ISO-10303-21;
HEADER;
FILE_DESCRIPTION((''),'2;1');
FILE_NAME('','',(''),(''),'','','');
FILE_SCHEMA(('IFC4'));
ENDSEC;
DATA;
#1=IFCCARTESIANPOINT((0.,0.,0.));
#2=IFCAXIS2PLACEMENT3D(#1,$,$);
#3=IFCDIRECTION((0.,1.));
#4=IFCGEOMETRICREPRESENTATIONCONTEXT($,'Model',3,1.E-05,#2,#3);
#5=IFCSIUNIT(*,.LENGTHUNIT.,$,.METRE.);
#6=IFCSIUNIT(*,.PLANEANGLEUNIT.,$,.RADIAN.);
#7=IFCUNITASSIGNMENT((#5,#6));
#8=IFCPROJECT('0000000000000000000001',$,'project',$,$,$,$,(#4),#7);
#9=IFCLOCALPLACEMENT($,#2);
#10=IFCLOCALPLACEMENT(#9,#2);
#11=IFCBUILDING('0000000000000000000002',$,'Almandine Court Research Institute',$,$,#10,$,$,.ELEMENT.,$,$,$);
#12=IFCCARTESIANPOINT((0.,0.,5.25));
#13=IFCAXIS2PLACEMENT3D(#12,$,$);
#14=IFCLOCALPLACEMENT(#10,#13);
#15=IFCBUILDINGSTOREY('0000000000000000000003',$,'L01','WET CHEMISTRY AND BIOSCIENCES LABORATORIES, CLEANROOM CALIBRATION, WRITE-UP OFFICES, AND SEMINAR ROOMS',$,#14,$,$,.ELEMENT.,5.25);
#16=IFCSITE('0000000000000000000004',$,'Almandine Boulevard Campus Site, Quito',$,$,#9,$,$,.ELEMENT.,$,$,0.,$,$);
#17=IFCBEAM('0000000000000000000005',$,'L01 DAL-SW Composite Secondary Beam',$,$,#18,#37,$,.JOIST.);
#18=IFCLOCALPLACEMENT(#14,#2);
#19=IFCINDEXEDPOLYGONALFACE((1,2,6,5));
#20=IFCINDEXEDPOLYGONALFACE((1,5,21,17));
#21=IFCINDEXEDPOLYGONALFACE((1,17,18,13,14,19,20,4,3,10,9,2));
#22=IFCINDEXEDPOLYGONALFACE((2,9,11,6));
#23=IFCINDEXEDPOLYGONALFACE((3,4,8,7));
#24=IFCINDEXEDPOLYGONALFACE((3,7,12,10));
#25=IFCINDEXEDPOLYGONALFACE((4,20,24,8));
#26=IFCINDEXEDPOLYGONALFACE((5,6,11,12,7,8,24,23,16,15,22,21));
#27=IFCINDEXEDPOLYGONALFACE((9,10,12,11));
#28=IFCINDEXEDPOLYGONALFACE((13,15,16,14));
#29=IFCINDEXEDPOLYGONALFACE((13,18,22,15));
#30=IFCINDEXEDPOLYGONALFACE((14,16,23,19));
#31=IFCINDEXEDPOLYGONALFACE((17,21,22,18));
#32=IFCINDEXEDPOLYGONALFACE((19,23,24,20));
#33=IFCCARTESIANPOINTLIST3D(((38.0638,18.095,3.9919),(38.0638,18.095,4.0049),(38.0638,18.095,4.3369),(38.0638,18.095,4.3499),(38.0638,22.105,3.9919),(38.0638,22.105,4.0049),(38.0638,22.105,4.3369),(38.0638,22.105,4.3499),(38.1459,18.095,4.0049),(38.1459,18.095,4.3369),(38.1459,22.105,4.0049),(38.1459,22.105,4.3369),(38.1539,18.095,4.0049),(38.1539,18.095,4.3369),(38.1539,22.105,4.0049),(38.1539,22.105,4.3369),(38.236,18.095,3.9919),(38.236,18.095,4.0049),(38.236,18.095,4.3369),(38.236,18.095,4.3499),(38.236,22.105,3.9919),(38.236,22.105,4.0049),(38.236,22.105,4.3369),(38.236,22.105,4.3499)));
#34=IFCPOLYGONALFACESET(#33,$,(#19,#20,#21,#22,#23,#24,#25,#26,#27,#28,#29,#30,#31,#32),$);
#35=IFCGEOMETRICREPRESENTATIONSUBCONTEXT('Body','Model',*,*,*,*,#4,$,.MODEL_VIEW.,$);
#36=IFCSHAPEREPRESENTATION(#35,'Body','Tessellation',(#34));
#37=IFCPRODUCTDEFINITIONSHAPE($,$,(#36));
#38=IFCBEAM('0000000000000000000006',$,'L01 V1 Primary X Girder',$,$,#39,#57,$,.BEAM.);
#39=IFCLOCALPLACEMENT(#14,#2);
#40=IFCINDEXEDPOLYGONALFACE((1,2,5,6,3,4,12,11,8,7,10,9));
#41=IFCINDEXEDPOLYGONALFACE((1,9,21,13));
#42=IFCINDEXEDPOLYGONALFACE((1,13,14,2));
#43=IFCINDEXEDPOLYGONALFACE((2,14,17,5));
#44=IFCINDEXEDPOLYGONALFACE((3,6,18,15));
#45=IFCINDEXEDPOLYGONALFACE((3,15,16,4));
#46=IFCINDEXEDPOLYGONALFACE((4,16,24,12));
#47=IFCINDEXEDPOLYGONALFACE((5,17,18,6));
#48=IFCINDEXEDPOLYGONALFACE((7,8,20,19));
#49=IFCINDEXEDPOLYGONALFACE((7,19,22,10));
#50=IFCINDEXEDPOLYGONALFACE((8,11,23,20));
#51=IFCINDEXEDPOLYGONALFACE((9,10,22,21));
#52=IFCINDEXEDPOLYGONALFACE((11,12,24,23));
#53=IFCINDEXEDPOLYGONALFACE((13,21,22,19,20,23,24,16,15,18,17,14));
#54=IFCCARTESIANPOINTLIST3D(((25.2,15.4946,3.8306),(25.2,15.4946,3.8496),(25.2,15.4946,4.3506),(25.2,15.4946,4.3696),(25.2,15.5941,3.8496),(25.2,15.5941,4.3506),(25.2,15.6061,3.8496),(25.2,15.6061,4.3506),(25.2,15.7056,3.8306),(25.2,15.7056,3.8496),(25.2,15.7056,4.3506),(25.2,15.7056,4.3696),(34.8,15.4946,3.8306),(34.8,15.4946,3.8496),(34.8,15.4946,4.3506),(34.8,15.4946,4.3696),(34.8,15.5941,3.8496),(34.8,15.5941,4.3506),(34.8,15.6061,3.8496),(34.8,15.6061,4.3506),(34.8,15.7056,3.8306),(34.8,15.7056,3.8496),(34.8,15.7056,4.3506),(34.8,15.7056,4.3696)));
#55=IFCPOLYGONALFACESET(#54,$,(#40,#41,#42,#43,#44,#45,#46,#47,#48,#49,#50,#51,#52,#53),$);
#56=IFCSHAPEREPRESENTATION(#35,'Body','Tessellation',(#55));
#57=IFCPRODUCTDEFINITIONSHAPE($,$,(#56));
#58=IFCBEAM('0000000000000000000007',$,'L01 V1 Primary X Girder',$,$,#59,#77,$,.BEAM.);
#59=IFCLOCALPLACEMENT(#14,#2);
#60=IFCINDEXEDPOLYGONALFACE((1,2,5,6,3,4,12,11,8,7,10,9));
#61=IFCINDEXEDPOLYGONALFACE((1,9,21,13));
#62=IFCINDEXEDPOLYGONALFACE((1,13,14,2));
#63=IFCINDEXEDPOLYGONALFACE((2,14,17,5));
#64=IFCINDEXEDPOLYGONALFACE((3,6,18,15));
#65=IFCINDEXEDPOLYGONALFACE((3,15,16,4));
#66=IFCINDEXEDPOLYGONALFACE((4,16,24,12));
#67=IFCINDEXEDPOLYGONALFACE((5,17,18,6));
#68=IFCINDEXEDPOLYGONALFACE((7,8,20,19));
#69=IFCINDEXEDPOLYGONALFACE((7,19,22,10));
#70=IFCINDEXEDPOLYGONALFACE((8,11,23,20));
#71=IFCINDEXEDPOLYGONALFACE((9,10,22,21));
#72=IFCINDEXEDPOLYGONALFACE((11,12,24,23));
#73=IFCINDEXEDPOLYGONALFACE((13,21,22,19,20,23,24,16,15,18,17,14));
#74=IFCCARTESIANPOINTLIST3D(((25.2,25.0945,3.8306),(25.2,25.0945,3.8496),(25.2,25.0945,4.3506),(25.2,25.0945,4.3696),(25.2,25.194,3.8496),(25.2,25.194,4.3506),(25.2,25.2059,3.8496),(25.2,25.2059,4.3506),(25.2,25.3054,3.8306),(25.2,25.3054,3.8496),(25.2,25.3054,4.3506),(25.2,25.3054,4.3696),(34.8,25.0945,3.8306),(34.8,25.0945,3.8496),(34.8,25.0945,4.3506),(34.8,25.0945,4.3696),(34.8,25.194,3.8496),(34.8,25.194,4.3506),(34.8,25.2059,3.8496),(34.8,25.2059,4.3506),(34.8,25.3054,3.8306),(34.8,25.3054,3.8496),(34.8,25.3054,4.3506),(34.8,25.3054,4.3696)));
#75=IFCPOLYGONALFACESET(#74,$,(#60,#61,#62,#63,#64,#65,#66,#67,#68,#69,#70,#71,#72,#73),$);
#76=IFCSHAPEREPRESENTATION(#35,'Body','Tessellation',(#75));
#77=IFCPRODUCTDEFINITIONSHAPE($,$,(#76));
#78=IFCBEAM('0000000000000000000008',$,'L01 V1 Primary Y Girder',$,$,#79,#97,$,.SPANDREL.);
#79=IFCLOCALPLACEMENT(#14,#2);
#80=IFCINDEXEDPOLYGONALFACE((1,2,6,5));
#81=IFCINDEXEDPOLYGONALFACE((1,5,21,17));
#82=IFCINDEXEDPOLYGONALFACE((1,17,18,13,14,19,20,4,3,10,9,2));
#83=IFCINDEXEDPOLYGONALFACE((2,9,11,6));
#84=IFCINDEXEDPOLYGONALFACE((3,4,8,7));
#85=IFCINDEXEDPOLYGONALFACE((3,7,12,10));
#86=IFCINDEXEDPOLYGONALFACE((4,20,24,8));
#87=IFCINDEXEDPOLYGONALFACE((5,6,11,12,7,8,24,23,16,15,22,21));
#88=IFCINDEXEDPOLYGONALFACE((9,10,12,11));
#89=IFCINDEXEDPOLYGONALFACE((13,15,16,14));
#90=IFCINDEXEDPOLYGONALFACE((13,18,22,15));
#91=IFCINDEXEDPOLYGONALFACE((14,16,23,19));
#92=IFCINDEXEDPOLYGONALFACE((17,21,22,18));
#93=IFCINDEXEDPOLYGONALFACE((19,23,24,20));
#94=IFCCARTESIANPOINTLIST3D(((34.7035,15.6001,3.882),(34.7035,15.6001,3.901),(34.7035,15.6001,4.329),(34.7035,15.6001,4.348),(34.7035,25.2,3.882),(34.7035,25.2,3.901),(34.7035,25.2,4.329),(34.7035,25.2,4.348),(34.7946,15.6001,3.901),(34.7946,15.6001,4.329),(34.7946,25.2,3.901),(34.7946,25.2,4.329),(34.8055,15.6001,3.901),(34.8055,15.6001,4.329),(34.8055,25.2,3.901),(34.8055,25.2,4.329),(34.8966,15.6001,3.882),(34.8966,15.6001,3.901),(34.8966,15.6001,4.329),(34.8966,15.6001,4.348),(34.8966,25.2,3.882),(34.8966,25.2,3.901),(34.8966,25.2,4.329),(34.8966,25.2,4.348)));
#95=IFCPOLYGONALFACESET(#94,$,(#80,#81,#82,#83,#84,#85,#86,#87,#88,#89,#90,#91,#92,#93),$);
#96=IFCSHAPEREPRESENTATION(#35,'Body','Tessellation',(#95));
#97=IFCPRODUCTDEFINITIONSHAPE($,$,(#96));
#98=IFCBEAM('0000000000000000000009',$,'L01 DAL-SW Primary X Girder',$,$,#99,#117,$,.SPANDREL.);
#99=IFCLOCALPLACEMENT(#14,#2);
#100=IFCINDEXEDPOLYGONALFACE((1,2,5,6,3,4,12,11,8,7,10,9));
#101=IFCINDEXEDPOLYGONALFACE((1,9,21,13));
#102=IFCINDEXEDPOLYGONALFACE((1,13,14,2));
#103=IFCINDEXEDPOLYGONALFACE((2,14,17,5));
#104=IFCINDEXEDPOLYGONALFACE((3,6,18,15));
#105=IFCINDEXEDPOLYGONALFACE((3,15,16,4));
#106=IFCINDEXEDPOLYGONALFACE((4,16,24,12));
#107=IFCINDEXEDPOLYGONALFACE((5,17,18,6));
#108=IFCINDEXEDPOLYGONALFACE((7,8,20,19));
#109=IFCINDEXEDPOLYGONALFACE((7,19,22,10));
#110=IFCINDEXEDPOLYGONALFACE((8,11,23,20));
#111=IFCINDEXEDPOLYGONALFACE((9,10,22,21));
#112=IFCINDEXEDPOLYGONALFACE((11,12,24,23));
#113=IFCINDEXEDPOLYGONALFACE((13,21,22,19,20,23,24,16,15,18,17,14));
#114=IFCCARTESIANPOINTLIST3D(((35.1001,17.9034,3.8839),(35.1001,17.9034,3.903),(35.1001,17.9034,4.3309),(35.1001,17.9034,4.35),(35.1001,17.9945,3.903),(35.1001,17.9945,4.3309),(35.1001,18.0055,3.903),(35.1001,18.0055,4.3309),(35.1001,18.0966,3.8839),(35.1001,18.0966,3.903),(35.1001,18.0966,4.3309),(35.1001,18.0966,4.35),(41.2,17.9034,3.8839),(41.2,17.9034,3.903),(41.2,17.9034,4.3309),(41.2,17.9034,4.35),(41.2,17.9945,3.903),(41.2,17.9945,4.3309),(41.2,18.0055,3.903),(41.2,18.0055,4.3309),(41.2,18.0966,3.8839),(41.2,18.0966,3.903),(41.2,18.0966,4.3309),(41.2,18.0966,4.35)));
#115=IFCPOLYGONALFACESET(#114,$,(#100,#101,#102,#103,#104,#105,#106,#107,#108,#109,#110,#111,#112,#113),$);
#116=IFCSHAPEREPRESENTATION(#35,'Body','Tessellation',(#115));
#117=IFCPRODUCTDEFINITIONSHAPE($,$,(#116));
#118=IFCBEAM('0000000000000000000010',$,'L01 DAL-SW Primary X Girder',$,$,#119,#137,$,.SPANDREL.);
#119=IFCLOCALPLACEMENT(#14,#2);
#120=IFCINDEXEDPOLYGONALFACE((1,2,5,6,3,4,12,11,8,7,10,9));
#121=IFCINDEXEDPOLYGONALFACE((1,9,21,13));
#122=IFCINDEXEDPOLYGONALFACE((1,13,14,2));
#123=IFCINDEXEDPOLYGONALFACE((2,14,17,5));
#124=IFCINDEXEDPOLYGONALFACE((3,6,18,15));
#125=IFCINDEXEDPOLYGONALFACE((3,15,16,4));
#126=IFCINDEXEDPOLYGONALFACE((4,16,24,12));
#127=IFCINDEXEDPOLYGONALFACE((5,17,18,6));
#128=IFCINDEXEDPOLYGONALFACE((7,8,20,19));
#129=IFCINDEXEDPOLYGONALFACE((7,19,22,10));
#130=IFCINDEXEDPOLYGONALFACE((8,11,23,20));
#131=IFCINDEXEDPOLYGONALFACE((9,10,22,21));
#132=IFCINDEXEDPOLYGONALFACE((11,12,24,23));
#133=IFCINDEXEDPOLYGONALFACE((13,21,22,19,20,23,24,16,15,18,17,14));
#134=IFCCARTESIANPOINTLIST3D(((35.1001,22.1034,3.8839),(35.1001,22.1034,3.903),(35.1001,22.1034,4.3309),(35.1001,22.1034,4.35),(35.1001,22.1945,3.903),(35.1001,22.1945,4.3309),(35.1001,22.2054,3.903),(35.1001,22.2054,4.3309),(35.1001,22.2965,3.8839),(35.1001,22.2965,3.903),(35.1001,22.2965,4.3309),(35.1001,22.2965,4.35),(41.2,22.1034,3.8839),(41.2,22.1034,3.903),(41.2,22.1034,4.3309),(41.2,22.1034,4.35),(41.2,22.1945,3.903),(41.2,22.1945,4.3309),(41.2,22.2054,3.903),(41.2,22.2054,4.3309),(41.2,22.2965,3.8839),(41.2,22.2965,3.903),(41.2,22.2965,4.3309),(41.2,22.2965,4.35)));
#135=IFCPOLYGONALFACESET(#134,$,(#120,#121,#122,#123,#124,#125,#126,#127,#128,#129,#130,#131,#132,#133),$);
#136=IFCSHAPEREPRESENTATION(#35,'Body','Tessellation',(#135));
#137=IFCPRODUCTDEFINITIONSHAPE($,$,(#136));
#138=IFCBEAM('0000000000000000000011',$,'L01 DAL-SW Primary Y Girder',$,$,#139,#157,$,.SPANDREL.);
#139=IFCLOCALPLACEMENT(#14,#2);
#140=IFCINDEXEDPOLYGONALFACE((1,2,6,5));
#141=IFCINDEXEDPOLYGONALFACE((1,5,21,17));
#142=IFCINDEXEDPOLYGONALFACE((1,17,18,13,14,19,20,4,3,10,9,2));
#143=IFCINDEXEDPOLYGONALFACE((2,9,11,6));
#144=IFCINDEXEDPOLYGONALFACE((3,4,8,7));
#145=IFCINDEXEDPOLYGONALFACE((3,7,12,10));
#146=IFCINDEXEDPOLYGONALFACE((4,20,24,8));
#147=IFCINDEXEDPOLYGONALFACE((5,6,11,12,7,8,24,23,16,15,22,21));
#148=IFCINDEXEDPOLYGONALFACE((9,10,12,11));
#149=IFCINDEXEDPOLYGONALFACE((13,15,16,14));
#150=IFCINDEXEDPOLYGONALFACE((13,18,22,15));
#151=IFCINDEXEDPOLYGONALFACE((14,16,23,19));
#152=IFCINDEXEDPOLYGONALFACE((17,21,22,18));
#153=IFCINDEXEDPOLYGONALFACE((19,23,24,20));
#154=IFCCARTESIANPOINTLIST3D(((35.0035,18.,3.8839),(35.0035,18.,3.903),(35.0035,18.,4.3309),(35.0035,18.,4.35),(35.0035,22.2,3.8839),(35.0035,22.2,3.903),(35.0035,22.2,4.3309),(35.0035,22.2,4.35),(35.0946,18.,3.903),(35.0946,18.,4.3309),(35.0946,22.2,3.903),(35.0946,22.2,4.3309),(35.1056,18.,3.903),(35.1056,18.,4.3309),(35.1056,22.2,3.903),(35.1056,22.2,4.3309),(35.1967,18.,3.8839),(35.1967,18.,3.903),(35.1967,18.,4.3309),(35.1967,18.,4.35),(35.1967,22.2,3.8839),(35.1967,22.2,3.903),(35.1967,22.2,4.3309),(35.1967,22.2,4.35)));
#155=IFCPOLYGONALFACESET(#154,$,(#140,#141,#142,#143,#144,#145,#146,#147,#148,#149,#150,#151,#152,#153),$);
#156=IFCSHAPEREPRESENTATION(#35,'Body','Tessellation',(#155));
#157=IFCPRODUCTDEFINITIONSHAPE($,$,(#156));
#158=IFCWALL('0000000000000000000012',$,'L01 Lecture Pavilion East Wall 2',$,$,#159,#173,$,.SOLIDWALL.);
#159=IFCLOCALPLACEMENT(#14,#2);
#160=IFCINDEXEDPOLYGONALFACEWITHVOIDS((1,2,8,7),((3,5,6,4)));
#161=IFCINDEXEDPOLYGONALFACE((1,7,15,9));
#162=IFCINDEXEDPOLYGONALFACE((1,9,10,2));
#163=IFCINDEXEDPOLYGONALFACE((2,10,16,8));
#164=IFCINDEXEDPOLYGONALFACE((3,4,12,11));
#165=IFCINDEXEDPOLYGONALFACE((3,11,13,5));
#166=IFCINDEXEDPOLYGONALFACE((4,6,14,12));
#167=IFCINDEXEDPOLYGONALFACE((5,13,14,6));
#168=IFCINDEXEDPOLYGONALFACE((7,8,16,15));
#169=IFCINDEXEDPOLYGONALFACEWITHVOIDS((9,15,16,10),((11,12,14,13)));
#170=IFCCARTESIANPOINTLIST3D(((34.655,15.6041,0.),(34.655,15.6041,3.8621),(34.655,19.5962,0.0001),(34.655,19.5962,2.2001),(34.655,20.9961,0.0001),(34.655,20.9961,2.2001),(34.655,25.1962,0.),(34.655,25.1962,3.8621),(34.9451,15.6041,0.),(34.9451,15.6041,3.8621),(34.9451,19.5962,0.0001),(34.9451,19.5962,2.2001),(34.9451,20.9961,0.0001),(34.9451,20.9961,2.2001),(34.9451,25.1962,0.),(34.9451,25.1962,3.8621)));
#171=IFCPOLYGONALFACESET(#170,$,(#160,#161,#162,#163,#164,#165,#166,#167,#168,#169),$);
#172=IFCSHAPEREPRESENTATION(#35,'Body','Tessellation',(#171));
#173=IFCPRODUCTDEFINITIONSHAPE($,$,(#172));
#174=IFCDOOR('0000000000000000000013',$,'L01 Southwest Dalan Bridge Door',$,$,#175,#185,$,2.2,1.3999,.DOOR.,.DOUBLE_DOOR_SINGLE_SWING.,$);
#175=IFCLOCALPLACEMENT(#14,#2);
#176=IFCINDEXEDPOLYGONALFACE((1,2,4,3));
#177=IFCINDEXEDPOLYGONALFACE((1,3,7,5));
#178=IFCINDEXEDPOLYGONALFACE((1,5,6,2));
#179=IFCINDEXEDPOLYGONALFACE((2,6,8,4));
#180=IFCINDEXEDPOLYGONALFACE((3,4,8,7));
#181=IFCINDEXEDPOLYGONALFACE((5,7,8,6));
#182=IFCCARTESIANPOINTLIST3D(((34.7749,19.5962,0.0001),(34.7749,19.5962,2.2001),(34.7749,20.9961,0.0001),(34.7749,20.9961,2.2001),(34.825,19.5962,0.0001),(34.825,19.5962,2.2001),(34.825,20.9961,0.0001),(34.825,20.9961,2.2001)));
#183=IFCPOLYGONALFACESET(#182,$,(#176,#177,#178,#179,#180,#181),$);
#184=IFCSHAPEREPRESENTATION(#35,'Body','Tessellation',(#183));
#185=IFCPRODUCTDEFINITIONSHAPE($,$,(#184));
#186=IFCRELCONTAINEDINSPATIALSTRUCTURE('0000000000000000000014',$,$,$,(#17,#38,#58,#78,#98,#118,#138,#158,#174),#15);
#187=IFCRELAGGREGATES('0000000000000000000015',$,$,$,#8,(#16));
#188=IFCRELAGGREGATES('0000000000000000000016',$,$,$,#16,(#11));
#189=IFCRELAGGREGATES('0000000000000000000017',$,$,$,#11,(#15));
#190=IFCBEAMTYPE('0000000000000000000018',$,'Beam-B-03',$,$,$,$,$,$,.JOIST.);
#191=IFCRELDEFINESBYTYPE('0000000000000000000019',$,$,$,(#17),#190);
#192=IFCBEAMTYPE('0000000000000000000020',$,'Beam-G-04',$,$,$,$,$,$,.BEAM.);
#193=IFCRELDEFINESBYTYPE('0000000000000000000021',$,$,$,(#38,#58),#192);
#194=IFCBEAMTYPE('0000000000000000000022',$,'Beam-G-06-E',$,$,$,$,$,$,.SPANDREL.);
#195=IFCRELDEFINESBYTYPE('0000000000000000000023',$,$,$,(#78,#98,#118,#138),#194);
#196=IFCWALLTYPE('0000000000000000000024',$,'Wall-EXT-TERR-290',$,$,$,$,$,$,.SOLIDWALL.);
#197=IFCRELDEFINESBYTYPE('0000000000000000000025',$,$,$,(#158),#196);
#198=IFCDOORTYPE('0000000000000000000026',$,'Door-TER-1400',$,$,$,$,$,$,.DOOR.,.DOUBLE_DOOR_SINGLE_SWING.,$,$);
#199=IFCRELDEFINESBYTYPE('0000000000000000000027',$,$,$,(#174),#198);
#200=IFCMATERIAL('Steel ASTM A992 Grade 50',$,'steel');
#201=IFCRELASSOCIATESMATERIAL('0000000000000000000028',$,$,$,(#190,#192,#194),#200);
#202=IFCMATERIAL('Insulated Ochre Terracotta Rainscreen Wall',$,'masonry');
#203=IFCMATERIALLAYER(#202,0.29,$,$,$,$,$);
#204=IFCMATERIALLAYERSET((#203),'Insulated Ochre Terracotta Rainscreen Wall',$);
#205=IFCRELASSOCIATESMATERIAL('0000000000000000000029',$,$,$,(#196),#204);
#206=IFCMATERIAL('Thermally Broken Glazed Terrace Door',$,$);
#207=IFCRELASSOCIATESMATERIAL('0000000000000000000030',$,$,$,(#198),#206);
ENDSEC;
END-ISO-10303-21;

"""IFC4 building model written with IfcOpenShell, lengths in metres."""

from ifc_helpers import new_model, si_unit, direction, frame, frame_2d, origin, origin_2d, place, context, subcontext, project, spatial, rectangle, i_section, extrude, material, layer, layer_set, material_profile, profile_set, type_object, element, fill, save


model = new_model("IFC4")

# Units and contexts
model_context = context("Model", 3, precision=1e-05, world=origin(), true_north=direction((0.0, 1.0)))
body_context = subcontext(model_context, "Body", "Model", "MODEL_VIEW")
ifc_project = project(units=[si_unit("LENGTHUNIT", "METRE"), si_unit("PLANEANGLEUNIT", "RADIAN")], contexts=[model_context])

# Site, building, storey
site_placement = place(None, origin())
site = spatial("IfcSite", under=ifc_project, at=site_placement, Name="Almandine Boulevard Campus Site, Quito", CompositionType="ELEMENT", RefElevation=0.0)
building_placement = place(site_placement, origin())
building = spatial("IfcBuilding", under=site, at=building_placement, Name="Almandine Court Research Institute", CompositionType="ELEMENT")
storey_placement = place(building_placement, frame((0.0, 0.0, 5.25)))
storey = spatial("IfcBuildingStorey", under=building, at=storey_placement, Name="L01", Description="WET CHEMISTRY AND BIOSCIENCES LABORATORIES, CLEANROOM CALIBRATION, WRITE-UP OFFICES, AND SEMINAR ROOMS", CompositionType="ELEMENT", Elevation=5.25)

# Shared definitions
ifc_material_1 = material(Name="Steel ASTM A992 Grade 50", Category="steel")

# Beams
ifc_material_profile_1 = material_profile(ifc_material_1, i_section(OverallWidth=0.1721, OverallDepth=0.3579, WebThickness=0.0081, FlangeThickness=0.0129, at=origin_2d()), Name="W360x57")
ifc_profile_set_1 = profile_set([ifc_material_profile_1], Name="Steel ASTM A992 Grade 50")
beam_type_1 = type_object("IfcBeamType", Name="Beam-B-03", PredefinedType="JOIST", material=ifc_profile_set_1)
beam_1_placement = place(storey_placement, frame((38.1499, 18.095, 4.1709), z_axis=(0.0, 1.0, 0.0), x_axis=(-1.0, 0.0, 0.0)))
element("IfcBeam", 1, at=beam_1_placement, inside=storey, type_object=beam_type_1, Name="L01 DAL-SW Composite Secondary Beam", PredefinedType="JOIST", context=body_context, shape_type="SweptSolid", body=[
    extrude(i_section(OverallWidth=0.1721, OverallDepth=0.3579, WebThickness=0.0081, FlangeThickness=0.0129, at=origin_2d()), origin(), (0.0, 0.0, 1.0), 4.01),
])
ifc_material_profile_2 = material_profile(ifc_material_1, i_section(OverallWidth=0.2109, OverallDepth=0.5391, WebThickness=0.012, FlangeThickness=0.019, at=origin_2d()), Name="W530x109")
ifc_profile_set_2 = profile_set([ifc_material_profile_2], Name="Steel ASTM A992 Grade 50")
beam_type_2 = type_object("IfcBeamType", Name="Beam-G-04", PredefinedType="BEAM", material=ifc_profile_set_2)
for number, where, z_axis, x_axis, name in (
    (2, (25.2, 15.6001, 4.1001), (1.0, 0.0, 0.0), (0.0, 1.0, 0.0), "L01 V1 Primary X Girder"),
    (3, (25.2, 25.2, 4.1001), (1.0, 0.0, 0.0), (0.0, 1.0, 0.0), "L01 V1 Primary X Girder"),
):
    element("IfcBeam", number, at=place(storey_placement, frame(where, z_axis=z_axis, x_axis=x_axis)), inside=storey, type_object=beam_type_2, Name=name, PredefinedType="BEAM", context=body_context, shape_type="SweptSolid", body=[
        extrude(i_section(OverallWidth=0.2109, OverallDepth=0.5391, WebThickness=0.012, FlangeThickness=0.019, at=origin_2d()), origin(), (0.0, 0.0, 1.0), 9.6001),
    ])
ifc_material_profile_3 = material_profile(ifc_material_1, i_section(OverallWidth=0.1931, OverallDepth=0.4661, WebThickness=0.011, FlangeThickness=0.019, at=origin_2d()), Name="W460x97")
ifc_profile_set_3 = profile_set([ifc_material_profile_3], Name="Steel ASTM A992 Grade 50")
beam_type_3 = type_object("IfcBeamType", Name="Beam-G-06-E", PredefinedType="SPANDREL", material=ifc_profile_set_3)
beam_2_placement = place(storey_placement, frame((34.8, 15.6001, 4.115), z_axis=(0.0, 1.0, 0.0), x_axis=(-1.0, 0.0, 0.0)))
element("IfcBeam", 4, at=beam_2_placement, inside=storey, type_object=beam_type_3, Name="L01 V1 Primary Y Girder", PredefinedType="SPANDREL", context=body_context, shape_type="SweptSolid", body=[
    extrude(i_section(OverallWidth=0.1931, OverallDepth=0.4661, WebThickness=0.011, FlangeThickness=0.019, at=origin_2d()), origin(), (0.0, 0.0, 1.0), 9.5999),
])
for number, where, z_axis, x_axis, name in (
    (5, (35.1001, 18.0, 4.1169), (1.0, 0.0, 0.0), (0.0, 1.0, 0.0), "L01 DAL-SW Primary X Girder"),
    (6, (35.1001, 22.2, 4.1169), (1.0, 0.0, 0.0), (0.0, 1.0, 0.0), "L01 DAL-SW Primary X Girder"),
):
    element("IfcBeam", number, at=place(storey_placement, frame(where, z_axis=z_axis, x_axis=x_axis)), inside=storey, type_object=beam_type_3, Name=name, PredefinedType="SPANDREL", context=body_context, shape_type="SweptSolid", body=[
        extrude(i_section(OverallWidth=0.1931, OverallDepth=0.4661, WebThickness=0.011, FlangeThickness=0.019, at=origin_2d()), origin(), (0.0, 0.0, 1.0), 6.0999),
    ])
beam_3_placement = place(storey_placement, frame((35.1001, 18.0, 4.1169), z_axis=(0.0, 1.0, 0.0), x_axis=(-1.0, 0.0, 0.0)))
element("IfcBeam", 7, at=beam_3_placement, inside=storey, type_object=beam_type_3, Name="L01 DAL-SW Primary Y Girder", PredefinedType="SPANDREL", context=body_context, shape_type="SweptSolid", body=[
    extrude(i_section(OverallWidth=0.1931, OverallDepth=0.4661, WebThickness=0.011, FlangeThickness=0.019, at=origin_2d()), origin(), (0.0, 0.0, 1.0), 4.2),
])

# Wall, opening, door
ifc_material_2 = material(Name="Insulated Ochre Terracotta Rainscreen Wall", Category="masonry")
ifc_layer_1 = layer(ifc_material_2, 0.29)
ifc_layer_set_1 = layer_set([ifc_layer_1], Name="Insulated Ochre Terracotta Rainscreen Wall")
wall_type_1 = type_object("IfcWallType", Name="Wall-EXT-TERR-290", PredefinedType="SOLIDWALL", material=ifc_layer_set_1)
wall_1_placement = place(storey_placement, frame((34.8, 25.196, 0.0), z_axis=(0.0, 0.0, 1.0), x_axis=(0.0, -1.0, 0.0)))
wall_1 = element("IfcWall", 8, at=wall_1_placement, inside=storey, type_object=wall_type_1, Name="L01 Lecture Pavilion East Wall 2", PredefinedType="SOLIDWALL", context=body_context, shape_type="SweptSolid", body=[
    extrude(rectangle(XDim=9.592, YDim=0.29, at=frame_2d((4.7959, 0.0))), origin(), (0.0, 0.0, 1.0), 3.8621),
])
opening_1_placement = place(wall_1_placement, frame((4.2, 0.0, 0.0)))
opening_1 = element("IfcOpeningElement", 9, at=opening_1_placement, cuts=wall_1, PredefinedType="OPENING", context=body_context, shape_type="SweptSolid", body=[
    extrude(rectangle(XDim=1.3999, YDim=2.2, at=frame_2d((0.7, 1.1001))), frame((0.0, 0.155, 0.0), z_axis=(0.0, -1.0, 0.0), x_axis=(1.0, 0.0, 0.0)), (0.0, 0.0, 1.0), 0.3101),
])
ifc_material_3 = material(Name="Thermally Broken Glazed Terrace Door")
door_type_1 = type_object("IfcDoorType", Name="Door-TER-1400", OperationType="DOUBLE_DOOR_SINGLE_SWING", PredefinedType="DOOR", material=ifc_material_3)
door_1_placement = place(opening_1_placement, origin())
door_1 = element("IfcDoor", 10, at=door_1_placement, inside=storey, type_object=door_type_1, Name="L01 Southwest Dalan Bridge Door", OperationType="DOUBLE_DOOR_SINGLE_SWING", OverallHeight=2.2, OverallWidth=1.3999, PredefinedType="DOOR", context=body_context, shape_type="SweptSolid", body=[
    extrude(rectangle(XDim=1.3999, YDim=2.2, at=frame_2d((0.7, 1.1001))), frame((0.0, 0.0249, 0.0), z_axis=(0.0, -1.0, 0.0), x_axis=(1.0, 0.0, 0.0)), (0.0, 0.0, 1.0), 0.05),
])
fill(opening_1, door_1)

save(model, "model.ifc")
